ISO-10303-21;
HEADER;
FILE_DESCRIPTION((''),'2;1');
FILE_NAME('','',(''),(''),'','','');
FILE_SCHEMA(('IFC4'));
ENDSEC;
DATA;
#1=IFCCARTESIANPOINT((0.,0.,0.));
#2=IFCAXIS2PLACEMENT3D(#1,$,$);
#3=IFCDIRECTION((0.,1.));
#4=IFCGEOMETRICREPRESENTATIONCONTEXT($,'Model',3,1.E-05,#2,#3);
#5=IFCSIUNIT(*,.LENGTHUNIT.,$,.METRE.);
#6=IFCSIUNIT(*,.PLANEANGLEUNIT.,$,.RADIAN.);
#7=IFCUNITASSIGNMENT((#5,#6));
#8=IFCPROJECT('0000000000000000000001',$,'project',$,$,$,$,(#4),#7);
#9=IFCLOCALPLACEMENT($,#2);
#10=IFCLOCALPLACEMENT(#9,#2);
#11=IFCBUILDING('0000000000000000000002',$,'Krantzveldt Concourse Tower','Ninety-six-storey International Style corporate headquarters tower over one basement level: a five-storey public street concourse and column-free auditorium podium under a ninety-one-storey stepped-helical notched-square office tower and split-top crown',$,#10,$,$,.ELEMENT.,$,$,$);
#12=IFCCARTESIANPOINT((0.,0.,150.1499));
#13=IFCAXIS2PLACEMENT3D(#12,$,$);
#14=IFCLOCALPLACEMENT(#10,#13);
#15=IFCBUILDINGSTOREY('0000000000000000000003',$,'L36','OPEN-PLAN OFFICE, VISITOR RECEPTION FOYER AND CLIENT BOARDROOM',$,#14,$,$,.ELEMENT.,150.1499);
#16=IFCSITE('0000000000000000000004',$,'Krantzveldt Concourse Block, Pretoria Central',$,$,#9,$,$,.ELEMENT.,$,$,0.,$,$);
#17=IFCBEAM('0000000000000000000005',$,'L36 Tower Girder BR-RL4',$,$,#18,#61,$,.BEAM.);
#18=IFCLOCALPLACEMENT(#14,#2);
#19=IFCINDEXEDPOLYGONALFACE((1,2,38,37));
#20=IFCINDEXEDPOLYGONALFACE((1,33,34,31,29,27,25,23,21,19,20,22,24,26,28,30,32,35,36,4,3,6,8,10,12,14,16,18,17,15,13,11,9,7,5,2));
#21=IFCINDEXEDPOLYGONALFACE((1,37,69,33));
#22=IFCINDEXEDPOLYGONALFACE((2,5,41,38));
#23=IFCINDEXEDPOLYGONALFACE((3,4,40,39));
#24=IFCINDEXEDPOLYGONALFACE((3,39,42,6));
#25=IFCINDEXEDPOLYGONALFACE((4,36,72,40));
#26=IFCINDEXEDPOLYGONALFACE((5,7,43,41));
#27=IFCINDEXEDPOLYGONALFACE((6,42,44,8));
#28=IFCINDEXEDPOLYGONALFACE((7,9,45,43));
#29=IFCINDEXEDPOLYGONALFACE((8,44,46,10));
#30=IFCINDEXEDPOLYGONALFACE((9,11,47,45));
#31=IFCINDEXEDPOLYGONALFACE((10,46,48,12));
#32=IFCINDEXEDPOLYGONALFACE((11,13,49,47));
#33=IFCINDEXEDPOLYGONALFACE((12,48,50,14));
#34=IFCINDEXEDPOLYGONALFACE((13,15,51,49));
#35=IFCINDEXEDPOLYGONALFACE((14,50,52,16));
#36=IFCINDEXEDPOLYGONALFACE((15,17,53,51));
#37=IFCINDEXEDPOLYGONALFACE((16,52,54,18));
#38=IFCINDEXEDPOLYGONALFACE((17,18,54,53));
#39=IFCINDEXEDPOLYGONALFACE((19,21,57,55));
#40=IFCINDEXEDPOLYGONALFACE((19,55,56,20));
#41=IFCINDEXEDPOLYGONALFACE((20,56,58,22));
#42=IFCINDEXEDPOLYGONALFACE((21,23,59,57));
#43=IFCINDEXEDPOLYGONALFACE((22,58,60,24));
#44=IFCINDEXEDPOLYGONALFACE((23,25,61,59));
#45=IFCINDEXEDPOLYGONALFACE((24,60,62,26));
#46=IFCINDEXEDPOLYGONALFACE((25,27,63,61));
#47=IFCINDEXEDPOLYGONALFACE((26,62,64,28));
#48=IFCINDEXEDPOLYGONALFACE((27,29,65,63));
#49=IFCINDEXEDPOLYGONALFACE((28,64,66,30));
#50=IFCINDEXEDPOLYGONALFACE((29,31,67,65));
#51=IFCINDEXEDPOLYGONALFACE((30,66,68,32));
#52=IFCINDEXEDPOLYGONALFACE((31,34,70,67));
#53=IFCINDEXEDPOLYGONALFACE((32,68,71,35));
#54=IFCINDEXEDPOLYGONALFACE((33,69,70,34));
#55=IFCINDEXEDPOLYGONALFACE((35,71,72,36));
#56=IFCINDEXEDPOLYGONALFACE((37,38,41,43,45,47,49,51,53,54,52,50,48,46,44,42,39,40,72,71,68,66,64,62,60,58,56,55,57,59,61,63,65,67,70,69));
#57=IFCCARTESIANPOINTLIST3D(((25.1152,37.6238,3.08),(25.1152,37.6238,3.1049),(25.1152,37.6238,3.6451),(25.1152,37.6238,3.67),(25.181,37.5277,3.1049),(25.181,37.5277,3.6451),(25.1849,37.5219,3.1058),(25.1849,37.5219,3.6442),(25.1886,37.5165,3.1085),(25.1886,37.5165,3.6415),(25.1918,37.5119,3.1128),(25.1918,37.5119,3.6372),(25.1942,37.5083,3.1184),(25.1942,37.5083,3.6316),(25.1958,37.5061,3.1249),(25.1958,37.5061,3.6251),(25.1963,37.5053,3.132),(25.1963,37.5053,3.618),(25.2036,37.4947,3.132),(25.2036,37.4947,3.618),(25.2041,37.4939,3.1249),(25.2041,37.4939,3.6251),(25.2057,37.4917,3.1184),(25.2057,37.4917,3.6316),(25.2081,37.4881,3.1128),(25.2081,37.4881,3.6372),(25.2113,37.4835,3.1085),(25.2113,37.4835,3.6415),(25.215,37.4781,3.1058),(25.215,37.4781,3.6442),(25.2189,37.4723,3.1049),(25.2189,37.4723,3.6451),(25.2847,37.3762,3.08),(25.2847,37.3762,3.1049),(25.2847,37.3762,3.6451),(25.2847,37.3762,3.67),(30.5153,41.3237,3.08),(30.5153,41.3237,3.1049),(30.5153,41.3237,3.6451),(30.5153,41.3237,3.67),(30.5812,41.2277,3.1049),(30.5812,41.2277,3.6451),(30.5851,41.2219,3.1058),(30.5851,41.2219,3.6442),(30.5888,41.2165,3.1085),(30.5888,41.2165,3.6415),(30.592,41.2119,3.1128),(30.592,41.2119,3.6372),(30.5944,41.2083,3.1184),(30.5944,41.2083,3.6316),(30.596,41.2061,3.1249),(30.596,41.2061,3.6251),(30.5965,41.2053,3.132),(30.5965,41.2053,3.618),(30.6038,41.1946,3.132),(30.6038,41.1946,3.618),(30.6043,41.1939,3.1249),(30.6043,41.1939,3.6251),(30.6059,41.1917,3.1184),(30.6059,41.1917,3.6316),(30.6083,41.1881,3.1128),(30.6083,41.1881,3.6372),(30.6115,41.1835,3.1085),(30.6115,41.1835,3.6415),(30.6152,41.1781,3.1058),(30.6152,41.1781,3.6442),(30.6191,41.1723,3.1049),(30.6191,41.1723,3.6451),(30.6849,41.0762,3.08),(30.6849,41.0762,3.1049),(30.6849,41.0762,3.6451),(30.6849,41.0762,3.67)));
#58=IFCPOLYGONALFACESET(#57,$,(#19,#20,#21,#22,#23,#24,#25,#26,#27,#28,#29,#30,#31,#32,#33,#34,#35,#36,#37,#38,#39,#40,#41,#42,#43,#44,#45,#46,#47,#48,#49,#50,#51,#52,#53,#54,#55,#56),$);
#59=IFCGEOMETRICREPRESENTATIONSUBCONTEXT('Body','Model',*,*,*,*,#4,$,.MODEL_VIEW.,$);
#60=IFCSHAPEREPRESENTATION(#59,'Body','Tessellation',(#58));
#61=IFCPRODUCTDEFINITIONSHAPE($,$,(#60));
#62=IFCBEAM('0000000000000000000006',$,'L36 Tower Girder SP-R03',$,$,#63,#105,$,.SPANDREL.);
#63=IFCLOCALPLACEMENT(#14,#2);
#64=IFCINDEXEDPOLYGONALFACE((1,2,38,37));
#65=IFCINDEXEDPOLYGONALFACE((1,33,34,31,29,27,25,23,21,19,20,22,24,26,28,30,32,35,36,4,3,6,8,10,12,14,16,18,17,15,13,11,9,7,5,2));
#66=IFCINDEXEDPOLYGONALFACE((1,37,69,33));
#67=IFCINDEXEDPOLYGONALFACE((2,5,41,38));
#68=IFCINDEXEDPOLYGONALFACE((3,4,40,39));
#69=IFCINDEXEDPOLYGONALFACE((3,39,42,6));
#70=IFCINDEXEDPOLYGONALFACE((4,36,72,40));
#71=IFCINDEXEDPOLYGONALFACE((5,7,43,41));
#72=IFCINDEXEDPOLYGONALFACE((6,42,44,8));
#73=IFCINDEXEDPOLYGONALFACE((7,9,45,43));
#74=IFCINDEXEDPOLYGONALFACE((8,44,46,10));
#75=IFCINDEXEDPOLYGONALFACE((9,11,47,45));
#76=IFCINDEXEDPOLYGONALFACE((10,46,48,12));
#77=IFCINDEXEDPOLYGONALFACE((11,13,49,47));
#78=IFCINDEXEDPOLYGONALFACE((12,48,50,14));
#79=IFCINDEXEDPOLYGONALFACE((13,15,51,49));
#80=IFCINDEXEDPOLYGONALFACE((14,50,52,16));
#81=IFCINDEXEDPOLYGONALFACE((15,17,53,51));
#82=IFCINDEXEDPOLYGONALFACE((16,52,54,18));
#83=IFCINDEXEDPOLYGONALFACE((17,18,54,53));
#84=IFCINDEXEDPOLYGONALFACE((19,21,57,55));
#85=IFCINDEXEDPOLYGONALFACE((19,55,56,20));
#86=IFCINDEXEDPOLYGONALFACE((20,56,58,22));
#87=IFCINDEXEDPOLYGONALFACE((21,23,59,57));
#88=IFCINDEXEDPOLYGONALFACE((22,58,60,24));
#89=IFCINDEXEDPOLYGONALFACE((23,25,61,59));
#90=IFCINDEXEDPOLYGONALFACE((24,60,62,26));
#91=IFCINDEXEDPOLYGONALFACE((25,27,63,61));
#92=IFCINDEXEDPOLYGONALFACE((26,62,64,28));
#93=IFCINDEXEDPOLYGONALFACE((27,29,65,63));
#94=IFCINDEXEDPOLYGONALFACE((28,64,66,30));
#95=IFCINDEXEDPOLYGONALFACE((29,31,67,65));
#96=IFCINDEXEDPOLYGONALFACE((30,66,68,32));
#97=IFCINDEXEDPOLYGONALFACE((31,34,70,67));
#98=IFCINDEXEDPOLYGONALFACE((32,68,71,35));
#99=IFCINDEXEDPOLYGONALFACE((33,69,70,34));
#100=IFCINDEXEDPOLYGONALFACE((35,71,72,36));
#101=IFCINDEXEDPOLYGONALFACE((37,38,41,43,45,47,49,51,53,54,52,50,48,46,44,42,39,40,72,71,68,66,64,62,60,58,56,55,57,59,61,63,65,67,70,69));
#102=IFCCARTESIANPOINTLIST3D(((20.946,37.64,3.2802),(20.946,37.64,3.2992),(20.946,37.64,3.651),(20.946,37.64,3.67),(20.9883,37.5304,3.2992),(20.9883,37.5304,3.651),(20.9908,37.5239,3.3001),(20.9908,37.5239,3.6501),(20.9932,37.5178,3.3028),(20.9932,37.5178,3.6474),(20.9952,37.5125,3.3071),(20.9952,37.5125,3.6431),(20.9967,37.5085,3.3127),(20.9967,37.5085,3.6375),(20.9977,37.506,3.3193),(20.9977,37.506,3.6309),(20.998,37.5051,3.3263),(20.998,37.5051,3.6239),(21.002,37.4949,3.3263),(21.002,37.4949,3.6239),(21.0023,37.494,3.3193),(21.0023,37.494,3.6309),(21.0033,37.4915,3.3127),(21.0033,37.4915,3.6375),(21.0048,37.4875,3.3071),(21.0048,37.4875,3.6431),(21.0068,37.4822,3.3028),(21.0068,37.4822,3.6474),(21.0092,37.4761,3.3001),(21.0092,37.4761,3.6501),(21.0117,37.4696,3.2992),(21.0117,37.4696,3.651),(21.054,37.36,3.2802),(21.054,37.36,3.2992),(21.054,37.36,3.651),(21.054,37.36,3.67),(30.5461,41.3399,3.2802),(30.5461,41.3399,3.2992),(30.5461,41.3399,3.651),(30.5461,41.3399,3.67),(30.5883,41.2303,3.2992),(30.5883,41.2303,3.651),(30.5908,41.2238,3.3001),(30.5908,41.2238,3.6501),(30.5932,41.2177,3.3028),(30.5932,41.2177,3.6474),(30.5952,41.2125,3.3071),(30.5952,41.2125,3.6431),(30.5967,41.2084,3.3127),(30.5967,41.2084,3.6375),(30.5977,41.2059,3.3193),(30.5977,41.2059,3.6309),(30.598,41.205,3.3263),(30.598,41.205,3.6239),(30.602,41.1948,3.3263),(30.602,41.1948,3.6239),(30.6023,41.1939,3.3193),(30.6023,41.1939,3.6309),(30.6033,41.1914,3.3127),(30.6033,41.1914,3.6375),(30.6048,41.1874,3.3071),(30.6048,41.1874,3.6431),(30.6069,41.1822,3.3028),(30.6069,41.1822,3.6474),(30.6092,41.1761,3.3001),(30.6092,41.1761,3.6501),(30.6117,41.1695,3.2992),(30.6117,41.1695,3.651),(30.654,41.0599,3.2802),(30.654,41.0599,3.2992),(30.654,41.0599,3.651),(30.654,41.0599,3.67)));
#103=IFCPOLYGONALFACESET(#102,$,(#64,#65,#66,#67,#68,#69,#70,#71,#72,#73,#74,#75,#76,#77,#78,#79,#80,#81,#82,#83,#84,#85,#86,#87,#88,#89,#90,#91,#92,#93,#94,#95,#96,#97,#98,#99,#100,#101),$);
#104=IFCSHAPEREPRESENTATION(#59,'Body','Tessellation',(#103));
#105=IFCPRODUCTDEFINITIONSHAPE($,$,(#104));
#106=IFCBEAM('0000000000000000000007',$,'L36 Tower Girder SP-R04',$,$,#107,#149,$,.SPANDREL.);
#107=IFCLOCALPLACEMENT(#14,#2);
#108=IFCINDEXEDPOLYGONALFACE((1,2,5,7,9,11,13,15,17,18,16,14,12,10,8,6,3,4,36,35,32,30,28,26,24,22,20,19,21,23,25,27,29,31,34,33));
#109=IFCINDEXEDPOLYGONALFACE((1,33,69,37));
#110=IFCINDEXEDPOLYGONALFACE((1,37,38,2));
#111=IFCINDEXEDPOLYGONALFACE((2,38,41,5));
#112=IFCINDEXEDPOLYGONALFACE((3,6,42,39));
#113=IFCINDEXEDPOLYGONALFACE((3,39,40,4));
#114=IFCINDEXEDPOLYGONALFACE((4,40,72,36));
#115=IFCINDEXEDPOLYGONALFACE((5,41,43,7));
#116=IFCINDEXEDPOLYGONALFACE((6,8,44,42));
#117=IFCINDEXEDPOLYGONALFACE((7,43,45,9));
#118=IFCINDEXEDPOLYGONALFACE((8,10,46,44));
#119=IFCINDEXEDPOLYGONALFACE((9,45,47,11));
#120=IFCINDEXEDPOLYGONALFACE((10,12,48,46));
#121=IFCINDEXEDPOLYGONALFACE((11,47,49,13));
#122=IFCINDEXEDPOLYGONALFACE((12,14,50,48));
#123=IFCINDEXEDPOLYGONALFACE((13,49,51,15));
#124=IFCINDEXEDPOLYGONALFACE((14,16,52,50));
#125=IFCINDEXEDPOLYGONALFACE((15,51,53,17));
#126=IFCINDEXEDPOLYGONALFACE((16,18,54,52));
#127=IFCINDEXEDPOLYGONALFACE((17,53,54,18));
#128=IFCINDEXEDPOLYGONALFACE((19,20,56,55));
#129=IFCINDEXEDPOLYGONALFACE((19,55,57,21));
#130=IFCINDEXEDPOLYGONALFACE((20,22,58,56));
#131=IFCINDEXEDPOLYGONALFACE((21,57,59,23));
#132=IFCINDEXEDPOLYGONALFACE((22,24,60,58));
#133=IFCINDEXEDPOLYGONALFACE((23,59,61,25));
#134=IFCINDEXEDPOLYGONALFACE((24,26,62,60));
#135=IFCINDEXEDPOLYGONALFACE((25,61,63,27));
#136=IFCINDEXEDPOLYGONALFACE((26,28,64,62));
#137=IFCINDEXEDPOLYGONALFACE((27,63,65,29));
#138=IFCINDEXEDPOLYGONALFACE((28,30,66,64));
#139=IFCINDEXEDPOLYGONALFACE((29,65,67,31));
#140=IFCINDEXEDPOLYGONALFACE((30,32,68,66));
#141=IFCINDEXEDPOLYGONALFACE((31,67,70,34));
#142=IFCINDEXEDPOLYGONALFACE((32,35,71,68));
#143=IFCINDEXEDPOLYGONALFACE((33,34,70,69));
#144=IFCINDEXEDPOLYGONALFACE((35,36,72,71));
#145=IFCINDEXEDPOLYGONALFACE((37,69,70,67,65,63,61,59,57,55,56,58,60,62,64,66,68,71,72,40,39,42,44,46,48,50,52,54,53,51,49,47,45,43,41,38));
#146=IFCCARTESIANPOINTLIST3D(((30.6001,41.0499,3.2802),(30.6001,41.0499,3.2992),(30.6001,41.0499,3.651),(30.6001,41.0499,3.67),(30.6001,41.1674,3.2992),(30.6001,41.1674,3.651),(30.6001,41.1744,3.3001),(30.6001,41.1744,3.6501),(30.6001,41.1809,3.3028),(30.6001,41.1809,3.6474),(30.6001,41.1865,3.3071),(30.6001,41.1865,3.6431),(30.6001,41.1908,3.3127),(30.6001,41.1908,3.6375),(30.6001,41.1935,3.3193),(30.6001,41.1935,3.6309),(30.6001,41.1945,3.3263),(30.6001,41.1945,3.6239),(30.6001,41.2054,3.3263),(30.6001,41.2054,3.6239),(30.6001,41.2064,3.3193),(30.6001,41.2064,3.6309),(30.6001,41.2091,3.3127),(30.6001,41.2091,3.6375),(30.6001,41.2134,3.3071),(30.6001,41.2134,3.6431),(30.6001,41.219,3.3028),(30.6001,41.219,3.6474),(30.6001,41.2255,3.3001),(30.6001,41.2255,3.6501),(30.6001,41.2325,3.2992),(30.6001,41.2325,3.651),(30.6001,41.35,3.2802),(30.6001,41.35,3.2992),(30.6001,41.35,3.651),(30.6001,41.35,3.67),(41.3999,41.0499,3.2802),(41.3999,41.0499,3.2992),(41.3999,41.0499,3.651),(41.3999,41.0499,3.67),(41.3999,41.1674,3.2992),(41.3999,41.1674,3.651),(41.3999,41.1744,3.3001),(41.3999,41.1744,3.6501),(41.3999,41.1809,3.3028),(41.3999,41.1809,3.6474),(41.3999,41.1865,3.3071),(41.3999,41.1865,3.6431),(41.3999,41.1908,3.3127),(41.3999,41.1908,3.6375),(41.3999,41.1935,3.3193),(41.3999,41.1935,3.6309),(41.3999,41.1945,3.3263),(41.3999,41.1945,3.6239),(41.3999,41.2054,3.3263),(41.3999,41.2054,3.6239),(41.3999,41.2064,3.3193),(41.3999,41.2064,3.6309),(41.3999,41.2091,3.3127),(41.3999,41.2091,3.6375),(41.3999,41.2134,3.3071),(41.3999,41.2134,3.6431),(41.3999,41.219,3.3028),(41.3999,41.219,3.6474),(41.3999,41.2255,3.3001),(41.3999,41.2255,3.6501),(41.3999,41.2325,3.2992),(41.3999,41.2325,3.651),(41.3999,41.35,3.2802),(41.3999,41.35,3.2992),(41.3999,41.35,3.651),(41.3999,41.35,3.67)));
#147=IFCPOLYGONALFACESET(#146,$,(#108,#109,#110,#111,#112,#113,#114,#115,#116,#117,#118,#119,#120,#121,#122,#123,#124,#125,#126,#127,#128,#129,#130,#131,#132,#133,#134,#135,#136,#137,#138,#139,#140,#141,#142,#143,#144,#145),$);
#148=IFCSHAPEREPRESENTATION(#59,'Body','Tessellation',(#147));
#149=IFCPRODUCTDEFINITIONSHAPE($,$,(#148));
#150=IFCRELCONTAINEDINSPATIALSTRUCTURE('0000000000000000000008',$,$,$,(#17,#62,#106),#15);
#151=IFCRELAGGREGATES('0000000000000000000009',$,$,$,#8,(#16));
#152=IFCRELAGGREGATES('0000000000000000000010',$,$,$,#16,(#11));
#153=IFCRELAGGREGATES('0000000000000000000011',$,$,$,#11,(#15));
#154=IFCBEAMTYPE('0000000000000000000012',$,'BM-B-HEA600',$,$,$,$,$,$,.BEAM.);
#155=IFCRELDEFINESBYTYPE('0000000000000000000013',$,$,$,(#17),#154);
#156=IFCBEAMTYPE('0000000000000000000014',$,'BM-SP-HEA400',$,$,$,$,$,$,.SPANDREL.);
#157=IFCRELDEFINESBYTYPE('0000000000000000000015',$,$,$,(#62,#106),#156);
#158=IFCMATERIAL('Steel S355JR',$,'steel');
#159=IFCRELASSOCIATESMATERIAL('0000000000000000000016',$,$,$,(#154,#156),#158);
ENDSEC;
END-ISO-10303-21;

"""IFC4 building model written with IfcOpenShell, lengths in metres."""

from ifc_helpers import new_model, si_unit, direction, frame, origin, origin_2d, place, context, subcontext, project, spatial, i_section, extrude, source, transform, mapped, material, material_profile, profile_set, type_object, type_shapes, element, save


model = new_model("IFC4")

# Units and contexts
model_context = context("Model", 3, precision=1e-05, world=origin(), true_north=direction((0.0, 1.0)))
body_context = subcontext(model_context, "Body", "Model", "MODEL_VIEW")
ifc_project = project(units=[si_unit("LENGTHUNIT", "METRE"), si_unit("PLANEANGLEUNIT", "RADIAN")], contexts=[model_context])

# Site, building, storey
site_placement = place(None, origin())
site = spatial("IfcSite", under=ifc_project, at=site_placement, Name="Krantzveldt Concourse Block, Pretoria Central", CompositionType="ELEMENT", RefElevation=0.0)
building_placement = place(site_placement, origin())
building = spatial("IfcBuilding", under=site, at=building_placement, Name="Krantzveldt Concourse Tower", Description="Ninety-six-storey International Style corporate headquarters tower over one basement level: a five-storey public street concourse and column-free auditorium podium under a ninety-one-storey stepped-helical notched-square office tower and split-top crown", CompositionType="ELEMENT")
storey_placement = place(building_placement, frame((0.0, 0.0, 150.1499)))
storey = spatial("IfcBuildingStorey", under=building, at=storey_placement, Name="L36", Description="OPEN-PLAN OFFICE, VISITOR RECEPTION FOYER AND CLIENT BOARDROOM", CompositionType="ELEMENT", Elevation=150.1499)

# Beams
ifc_material_1 = material(Name="Steel S355JR", Category="steel")
ifc_material_profile_1 = material_profile(ifc_material_1, i_section(OverallWidth=0.3, OverallDepth=0.5901, WebThickness=0.0129, FlangeThickness=0.0249, FilletRadius=0.0271, at=origin_2d()), Name="Steel S355JR", Category="steel")
ifc_profile_set_1 = profile_set([ifc_material_profile_1], Name="Steel S355JR - HEA 600")
beam_type_1 = type_object("IfcBeamType", Name="BM-B-HEA600", PredefinedType="BEAM", material=ifc_profile_set_1)
shared_shape_1 = source(origin(), body_context, "Body", "SweptSolid", [
    extrude(i_section(OverallWidth=0.3, OverallDepth=0.5901, WebThickness=0.0129, FlangeThickness=0.0249, FilletRadius=0.0271, at=origin_2d()), origin(), (0.0, 0.0, 1.0), 6.5461),
])
beam_1_placement = place(storey_placement, frame((25.2, 37.5, 3.375), z_axis=(0.824943, 0.565216, 0.0), x_axis=(-0.565216, 0.824943, 0.0)))
element("IfcBeam", 1, at=beam_1_placement, inside=storey, type_object=beam_type_1, Name="L36 Tower Girder BR-RL4", PredefinedType="BEAM", context=body_context, shape_type="MappedRepresentation", body=[
    mapped(shared_shape_1, transform((0.0, 0.0, 0.0), x_axis=(1.0, 0.0, 0.0), y_axis=(0.0, 1.0, 0.0), z_axis=(0.0, 0.0, 1.0), scale=1.0)),
])
ifc_material_profile_2 = material_profile(ifc_material_1, i_section(OverallWidth=0.3, OverallDepth=0.3899, WebThickness=0.011, FlangeThickness=0.019, FilletRadius=0.0271, at=origin_2d()), Name="Steel S355JR", Category="steel")
ifc_profile_set_2 = profile_set([ifc_material_profile_2], Name="Steel S355JR - HEA 400")
beam_type_2 = type_object("IfcBeamType", Name="BM-SP-HEA400", PredefinedType="SPANDREL", material=ifc_profile_set_2)
shared_shape_2 = source(origin(), body_context, "Body", "SweptSolid", [
    extrude(i_section(OverallWidth=0.3, OverallDepth=0.3899, WebThickness=0.011, FlangeThickness=0.019, FilletRadius=0.0271, at=origin_2d()), origin(), (0.0, 0.0, 1.0), 10.2883),
])
beam_2_placement = place(storey_placement, frame((21.0, 37.5, 3.4751), z_axis=(0.933098, 0.359623, 0.0), x_axis=(-0.359623, 0.933098, 0.0)))
element("IfcBeam", 2, at=beam_2_placement, inside=storey, type_object=beam_type_2, Name="L36 Tower Girder SP-R03", PredefinedType="SPANDREL", context=body_context, shape_type="MappedRepresentation", body=[
    mapped(shared_shape_2, transform((0.0, 0.0, 0.0), x_axis=(1.0, 0.0, 0.0), y_axis=(0.0, 1.0, 0.0), z_axis=(0.0, 0.0, 1.0), scale=1.0)),
])
shared_shape_3 = source(origin(), body_context, "Body", "SweptSolid", [
    extrude(i_section(OverallWidth=0.3, OverallDepth=0.3899, WebThickness=0.011, FlangeThickness=0.019, FilletRadius=0.0271, at=origin_2d()), origin(), (0.0, 0.0, 1.0), 10.7998),
])
type_shapes(beam_type_2, [shared_shape_2, shared_shape_3])
beam_3_placement = place(storey_placement, frame((30.6001, 41.2, 3.4751), z_axis=(1.0, 0.0, 0.0), x_axis=(0.0, 1.0, 0.0)))
element("IfcBeam", 3, at=beam_3_placement, inside=storey, type_object=beam_type_2, Name="L36 Tower Girder SP-R04", PredefinedType="SPANDREL", context=body_context, shape_type="MappedRepresentation", body=[
    mapped(shared_shape_3, transform((0.0, 0.0, 0.0), x_axis=(1.0, 0.0, 0.0), y_axis=(0.0, 1.0, 0.0), z_axis=(0.0, 0.0, 1.0), scale=1.0)),
])

save(model, "model.ifc")
